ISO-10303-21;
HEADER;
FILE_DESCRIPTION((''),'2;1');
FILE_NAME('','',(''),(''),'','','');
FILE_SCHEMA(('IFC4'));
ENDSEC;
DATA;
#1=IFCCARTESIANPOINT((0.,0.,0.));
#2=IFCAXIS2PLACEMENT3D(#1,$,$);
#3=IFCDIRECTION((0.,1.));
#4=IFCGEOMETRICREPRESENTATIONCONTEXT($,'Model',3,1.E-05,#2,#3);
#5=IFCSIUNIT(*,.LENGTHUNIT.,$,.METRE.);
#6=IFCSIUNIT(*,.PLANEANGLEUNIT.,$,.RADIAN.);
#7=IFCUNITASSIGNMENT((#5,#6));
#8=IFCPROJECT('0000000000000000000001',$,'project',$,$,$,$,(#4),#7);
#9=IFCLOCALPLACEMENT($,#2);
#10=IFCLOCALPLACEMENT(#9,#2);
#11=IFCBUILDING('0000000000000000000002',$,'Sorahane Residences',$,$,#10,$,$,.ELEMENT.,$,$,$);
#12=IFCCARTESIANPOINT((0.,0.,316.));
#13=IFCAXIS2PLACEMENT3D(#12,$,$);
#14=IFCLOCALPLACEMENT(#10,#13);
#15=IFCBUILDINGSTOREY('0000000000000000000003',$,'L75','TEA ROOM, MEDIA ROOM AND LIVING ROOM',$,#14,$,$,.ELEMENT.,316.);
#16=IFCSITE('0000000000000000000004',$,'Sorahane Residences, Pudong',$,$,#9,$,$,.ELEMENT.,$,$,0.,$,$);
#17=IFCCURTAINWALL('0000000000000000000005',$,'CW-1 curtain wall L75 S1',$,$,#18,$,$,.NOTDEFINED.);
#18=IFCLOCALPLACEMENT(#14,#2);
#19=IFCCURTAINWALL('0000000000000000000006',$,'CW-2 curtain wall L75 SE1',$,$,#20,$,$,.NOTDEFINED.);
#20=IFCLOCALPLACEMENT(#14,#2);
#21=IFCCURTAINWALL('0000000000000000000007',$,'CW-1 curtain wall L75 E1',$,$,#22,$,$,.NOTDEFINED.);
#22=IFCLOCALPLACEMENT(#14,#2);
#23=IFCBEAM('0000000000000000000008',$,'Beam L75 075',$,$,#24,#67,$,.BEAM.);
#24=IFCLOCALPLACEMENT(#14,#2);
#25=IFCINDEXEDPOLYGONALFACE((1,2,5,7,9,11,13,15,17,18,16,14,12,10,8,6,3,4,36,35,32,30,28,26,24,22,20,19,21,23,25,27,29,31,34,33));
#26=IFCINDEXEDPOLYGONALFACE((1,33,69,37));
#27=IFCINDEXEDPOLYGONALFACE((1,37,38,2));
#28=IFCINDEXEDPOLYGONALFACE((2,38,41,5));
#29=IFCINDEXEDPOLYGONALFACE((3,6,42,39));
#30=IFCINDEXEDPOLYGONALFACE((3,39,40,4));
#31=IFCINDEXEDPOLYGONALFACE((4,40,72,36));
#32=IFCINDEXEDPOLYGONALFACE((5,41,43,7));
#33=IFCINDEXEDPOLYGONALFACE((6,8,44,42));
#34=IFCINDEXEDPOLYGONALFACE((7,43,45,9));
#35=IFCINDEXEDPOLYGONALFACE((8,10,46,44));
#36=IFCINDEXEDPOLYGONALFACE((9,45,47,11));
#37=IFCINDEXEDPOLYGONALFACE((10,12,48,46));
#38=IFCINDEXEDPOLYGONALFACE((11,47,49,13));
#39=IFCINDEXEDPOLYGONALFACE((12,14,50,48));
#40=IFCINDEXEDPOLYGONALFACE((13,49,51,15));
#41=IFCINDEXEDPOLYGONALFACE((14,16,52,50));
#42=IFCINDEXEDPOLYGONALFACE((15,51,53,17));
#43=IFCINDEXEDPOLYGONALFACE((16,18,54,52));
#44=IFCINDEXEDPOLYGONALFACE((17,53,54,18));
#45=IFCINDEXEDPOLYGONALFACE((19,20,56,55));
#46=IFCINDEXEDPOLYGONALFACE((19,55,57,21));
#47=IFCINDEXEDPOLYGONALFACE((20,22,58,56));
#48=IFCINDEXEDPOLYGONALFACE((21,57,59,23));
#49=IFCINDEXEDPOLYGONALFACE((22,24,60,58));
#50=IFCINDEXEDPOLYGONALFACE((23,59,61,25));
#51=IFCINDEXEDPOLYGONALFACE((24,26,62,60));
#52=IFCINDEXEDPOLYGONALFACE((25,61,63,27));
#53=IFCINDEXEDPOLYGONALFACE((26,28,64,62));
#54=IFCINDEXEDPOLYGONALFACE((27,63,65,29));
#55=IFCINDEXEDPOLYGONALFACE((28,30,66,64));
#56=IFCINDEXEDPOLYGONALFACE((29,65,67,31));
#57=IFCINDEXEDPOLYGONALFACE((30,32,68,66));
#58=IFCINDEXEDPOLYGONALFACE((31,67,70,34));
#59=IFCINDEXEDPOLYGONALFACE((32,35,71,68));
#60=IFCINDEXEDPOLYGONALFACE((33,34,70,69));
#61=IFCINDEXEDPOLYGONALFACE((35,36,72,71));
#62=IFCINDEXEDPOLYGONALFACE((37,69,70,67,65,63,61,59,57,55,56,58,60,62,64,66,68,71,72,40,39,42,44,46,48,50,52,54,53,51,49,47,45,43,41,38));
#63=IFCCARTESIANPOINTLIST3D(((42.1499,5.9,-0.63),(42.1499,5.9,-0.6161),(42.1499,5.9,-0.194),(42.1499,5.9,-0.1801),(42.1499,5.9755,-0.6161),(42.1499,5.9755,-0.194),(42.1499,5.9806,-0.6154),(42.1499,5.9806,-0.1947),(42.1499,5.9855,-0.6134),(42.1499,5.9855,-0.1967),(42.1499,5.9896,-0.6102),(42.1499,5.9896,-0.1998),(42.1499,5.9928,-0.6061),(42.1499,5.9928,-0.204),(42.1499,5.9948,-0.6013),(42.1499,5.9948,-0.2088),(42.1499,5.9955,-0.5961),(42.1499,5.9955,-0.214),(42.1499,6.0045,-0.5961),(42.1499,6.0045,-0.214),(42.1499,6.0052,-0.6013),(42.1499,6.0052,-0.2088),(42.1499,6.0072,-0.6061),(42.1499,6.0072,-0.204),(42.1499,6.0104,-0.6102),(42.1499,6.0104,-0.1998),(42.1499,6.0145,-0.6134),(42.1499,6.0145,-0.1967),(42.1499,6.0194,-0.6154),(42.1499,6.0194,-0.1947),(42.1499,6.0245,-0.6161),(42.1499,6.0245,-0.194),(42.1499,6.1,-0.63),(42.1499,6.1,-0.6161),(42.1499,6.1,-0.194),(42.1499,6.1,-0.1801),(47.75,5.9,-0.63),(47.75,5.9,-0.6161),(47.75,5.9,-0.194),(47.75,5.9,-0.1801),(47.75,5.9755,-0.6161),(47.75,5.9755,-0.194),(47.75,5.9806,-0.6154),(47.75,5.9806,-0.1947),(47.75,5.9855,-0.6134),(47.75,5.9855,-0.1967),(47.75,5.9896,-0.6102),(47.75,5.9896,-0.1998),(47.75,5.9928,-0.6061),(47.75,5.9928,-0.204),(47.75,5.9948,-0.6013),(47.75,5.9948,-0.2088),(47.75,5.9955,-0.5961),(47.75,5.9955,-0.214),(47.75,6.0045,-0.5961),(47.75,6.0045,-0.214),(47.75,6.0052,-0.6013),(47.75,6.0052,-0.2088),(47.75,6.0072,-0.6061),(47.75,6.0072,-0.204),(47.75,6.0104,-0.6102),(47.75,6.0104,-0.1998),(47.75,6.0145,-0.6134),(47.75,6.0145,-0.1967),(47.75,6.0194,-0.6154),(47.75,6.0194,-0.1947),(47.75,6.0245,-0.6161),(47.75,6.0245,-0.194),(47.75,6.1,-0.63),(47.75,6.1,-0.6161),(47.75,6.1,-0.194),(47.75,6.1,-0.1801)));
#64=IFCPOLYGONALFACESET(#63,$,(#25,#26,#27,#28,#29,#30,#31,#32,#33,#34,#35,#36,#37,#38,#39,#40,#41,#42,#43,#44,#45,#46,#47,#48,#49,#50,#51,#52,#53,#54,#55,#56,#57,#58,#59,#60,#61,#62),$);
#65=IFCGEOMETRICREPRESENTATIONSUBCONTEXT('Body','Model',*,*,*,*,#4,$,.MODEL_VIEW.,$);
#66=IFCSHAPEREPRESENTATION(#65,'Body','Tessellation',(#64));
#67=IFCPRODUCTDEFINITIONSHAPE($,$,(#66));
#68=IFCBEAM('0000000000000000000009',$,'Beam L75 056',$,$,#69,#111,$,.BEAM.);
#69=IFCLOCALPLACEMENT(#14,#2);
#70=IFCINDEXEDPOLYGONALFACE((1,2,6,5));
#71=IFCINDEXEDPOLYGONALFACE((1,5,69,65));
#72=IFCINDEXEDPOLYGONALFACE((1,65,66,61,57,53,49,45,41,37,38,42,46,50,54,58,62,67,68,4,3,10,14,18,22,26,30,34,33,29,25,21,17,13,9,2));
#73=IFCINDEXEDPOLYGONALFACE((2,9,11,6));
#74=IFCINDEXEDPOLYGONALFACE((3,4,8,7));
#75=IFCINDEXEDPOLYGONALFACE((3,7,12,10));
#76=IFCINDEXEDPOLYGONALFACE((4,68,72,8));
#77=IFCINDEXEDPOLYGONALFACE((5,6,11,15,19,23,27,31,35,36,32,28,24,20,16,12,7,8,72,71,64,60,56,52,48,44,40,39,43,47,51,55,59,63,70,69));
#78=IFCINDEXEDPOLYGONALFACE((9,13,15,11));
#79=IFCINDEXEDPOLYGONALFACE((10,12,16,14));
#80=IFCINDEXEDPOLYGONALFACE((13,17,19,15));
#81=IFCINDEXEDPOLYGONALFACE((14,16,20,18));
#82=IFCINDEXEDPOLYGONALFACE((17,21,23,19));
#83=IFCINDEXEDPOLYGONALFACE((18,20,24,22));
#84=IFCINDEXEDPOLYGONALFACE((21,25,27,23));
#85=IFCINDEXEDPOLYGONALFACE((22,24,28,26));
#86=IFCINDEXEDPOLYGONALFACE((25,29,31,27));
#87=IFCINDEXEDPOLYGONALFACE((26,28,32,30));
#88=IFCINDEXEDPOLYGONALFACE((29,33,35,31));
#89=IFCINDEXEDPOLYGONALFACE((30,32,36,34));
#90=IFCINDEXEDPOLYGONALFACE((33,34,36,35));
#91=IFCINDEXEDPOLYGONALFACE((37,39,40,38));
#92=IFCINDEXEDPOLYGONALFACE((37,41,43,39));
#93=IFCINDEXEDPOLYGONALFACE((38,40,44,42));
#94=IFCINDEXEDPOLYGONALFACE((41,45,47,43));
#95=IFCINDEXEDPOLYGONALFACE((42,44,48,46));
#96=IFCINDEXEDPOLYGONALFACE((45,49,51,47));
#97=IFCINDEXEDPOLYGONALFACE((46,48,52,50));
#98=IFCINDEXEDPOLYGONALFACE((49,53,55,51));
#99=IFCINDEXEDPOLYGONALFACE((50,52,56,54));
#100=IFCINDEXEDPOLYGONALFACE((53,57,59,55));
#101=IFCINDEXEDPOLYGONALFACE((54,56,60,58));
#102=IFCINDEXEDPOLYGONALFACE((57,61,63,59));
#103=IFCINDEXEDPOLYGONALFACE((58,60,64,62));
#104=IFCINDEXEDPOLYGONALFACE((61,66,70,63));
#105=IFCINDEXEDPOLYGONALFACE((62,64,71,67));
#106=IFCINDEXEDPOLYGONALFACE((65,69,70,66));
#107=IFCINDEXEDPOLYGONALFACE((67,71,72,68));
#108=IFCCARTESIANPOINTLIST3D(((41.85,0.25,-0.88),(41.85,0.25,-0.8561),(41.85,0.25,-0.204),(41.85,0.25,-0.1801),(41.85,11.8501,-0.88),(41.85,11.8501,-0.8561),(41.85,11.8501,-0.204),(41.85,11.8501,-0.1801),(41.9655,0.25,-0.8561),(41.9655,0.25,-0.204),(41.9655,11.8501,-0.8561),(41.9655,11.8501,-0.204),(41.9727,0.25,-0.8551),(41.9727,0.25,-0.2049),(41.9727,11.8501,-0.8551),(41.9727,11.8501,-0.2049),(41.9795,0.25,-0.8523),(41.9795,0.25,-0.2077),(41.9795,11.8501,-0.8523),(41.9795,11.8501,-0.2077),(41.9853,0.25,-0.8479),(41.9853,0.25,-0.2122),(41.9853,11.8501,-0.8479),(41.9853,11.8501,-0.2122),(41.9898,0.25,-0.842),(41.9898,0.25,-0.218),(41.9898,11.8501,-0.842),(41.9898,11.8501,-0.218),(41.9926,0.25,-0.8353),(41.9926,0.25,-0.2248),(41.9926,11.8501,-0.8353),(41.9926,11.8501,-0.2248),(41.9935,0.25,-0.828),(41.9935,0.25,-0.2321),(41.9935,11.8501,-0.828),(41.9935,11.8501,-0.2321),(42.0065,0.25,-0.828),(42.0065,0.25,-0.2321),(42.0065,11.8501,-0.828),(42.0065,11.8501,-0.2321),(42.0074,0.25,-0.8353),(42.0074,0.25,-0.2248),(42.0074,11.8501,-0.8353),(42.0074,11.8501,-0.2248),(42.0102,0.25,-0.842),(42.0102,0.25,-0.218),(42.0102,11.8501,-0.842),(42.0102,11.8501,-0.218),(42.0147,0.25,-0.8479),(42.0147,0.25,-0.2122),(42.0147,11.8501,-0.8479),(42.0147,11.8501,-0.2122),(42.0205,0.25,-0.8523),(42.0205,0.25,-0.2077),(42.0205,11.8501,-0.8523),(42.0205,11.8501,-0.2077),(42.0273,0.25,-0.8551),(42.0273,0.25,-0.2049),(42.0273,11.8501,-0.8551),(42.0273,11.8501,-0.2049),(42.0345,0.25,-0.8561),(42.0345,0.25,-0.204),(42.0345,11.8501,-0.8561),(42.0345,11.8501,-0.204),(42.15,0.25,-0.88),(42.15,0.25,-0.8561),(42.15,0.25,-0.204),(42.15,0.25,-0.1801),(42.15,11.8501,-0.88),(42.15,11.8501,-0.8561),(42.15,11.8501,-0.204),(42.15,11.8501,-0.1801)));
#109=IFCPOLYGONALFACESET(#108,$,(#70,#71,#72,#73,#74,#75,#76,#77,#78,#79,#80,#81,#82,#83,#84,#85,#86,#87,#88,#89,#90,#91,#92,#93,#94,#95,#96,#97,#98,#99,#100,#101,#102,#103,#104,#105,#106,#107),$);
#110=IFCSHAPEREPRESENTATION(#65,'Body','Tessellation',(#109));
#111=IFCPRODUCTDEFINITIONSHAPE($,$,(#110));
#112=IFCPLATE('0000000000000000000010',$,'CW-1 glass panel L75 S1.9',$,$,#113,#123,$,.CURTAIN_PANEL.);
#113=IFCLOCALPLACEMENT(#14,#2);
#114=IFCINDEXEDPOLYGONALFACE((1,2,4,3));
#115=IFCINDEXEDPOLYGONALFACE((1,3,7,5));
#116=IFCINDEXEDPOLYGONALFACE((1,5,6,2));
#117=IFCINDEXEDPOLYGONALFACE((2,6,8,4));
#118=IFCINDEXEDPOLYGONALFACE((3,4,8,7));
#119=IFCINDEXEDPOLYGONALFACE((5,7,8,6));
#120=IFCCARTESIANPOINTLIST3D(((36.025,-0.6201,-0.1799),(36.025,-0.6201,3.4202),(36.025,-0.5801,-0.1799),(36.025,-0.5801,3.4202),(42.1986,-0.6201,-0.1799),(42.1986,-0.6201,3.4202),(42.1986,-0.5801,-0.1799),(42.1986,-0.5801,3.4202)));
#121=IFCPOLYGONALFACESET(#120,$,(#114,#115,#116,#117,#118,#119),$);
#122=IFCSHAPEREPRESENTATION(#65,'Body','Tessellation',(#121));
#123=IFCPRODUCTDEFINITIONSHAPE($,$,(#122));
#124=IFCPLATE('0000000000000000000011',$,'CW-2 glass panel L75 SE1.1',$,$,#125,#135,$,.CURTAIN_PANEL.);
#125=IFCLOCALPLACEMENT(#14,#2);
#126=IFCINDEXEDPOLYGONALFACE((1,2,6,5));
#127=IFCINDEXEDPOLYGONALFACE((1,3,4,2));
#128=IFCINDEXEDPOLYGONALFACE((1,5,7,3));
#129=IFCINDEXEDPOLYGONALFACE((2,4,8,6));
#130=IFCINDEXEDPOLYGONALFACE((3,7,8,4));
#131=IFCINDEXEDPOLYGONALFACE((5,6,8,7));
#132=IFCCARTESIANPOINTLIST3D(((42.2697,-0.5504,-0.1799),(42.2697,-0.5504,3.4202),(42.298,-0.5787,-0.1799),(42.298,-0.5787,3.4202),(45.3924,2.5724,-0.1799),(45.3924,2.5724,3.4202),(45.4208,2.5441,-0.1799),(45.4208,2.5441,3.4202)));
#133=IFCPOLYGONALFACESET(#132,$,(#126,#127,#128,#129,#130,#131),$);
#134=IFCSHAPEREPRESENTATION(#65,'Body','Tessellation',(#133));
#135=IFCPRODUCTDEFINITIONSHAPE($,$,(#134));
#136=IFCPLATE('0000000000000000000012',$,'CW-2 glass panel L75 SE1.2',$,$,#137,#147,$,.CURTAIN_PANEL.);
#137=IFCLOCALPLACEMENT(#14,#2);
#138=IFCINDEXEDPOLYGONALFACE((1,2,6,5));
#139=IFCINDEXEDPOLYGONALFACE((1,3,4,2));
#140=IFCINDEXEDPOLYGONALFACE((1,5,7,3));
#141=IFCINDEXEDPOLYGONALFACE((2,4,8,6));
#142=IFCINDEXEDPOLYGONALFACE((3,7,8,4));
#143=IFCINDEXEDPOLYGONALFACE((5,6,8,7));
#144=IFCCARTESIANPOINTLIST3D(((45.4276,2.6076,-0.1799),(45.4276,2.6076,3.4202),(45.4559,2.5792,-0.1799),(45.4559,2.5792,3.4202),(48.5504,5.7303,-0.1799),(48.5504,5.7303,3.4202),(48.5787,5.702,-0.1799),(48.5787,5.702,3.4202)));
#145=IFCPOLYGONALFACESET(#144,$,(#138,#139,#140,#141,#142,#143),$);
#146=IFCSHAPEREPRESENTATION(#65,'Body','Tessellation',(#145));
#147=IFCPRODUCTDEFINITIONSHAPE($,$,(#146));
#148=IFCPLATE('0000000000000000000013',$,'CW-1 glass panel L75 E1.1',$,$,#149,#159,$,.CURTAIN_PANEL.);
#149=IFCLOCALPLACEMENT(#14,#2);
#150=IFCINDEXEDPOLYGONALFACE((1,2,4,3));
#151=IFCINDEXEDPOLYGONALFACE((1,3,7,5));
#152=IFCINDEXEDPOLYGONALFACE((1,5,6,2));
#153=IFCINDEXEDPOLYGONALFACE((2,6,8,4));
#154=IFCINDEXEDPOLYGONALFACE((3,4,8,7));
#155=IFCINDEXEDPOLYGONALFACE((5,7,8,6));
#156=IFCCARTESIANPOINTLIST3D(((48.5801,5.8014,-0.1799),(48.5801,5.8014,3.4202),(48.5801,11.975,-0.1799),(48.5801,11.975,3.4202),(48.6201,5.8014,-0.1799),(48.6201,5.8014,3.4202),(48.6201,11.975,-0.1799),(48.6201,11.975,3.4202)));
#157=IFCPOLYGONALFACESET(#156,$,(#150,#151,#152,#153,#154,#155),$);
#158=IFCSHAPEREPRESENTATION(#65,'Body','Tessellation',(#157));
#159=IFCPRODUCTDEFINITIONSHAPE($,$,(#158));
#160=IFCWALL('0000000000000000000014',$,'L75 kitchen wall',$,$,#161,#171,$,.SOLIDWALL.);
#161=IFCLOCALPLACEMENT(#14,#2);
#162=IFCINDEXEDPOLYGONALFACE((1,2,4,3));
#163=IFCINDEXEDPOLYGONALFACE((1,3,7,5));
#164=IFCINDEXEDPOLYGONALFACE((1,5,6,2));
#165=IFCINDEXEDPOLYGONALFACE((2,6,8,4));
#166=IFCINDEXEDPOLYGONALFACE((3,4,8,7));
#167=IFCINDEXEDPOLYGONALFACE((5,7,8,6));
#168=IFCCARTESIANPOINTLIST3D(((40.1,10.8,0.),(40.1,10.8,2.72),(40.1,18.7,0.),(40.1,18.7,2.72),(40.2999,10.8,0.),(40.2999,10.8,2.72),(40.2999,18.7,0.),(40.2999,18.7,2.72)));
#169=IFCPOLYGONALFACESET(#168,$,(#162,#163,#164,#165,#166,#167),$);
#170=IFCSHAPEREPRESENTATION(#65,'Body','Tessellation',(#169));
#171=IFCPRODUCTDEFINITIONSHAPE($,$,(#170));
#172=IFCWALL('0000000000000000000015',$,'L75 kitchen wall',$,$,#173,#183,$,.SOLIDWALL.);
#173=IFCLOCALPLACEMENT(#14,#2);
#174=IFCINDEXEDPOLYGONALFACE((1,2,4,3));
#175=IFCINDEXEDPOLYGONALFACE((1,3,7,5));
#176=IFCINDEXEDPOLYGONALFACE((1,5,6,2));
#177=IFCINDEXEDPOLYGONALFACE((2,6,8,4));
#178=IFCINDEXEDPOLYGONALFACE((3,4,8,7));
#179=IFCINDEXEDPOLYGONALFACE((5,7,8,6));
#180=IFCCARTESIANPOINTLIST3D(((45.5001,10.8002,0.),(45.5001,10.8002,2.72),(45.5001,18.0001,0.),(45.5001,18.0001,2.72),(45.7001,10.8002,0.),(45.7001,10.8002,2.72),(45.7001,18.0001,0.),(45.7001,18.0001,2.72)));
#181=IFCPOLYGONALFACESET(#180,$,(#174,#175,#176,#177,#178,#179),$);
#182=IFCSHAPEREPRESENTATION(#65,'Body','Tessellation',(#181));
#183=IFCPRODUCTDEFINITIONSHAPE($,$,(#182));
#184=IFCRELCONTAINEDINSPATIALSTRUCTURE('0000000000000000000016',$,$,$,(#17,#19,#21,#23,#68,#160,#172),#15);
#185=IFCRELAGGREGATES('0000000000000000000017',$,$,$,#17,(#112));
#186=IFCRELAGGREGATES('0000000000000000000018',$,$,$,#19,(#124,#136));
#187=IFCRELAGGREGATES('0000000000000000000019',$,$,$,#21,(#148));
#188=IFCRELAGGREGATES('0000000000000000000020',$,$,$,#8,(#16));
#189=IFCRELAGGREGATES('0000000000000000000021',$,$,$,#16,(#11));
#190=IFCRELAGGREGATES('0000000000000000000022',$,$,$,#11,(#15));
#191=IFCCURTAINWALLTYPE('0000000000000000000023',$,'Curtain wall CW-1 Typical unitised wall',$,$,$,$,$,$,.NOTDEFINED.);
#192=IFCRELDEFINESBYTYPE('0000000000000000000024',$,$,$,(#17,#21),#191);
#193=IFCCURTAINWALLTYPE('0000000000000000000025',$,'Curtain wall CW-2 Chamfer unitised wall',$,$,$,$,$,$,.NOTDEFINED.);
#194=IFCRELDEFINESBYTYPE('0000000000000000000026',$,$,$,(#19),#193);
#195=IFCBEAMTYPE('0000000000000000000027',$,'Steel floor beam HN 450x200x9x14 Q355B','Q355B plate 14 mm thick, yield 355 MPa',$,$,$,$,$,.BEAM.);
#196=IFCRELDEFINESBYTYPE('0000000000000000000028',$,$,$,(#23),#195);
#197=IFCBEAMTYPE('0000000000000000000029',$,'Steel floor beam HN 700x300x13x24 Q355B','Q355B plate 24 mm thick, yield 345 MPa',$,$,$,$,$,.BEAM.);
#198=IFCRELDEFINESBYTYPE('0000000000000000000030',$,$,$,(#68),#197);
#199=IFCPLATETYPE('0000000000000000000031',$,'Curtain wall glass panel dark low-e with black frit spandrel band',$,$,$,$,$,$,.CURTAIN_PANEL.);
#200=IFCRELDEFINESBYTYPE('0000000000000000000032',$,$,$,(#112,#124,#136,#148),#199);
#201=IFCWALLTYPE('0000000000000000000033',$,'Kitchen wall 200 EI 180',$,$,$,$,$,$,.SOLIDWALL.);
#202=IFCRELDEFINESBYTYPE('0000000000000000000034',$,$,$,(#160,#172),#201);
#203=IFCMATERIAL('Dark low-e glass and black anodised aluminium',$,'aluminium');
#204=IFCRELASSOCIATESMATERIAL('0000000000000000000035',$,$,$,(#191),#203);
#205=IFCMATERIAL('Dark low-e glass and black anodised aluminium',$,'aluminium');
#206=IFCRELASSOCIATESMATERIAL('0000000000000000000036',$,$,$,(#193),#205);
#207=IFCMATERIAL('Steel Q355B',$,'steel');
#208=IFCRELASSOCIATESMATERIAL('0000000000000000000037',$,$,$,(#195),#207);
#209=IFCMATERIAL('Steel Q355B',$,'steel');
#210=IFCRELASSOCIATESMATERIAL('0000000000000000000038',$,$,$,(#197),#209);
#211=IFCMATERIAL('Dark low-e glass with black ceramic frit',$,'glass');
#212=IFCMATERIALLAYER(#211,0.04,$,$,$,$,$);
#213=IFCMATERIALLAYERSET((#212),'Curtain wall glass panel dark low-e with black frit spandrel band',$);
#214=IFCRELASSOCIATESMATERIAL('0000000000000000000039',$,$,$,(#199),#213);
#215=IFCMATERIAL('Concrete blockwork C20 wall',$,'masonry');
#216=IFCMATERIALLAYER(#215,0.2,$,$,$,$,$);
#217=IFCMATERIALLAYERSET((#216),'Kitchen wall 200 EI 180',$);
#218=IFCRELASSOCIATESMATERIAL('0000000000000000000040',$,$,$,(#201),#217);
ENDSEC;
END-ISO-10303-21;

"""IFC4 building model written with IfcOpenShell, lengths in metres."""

from ifc_helpers import new_model, si_unit, direction, frame, frame_2d, origin, origin_2d, place, context, subcontext, project, spatial, rectangle, i_section, extrude, material, layer, layer_set, material_profile, profile_set, type_object, element, aggregate, save


model = new_model("IFC4")

# Units and contexts
model_context = context("Model", 3, precision=1e-05, world=origin(), true_north=direction((0.0, 1.0)))
body_context = subcontext(model_context, "Body", "Model", "MODEL_VIEW")
ifc_project = project(units=[si_unit("LENGTHUNIT", "METRE"), si_unit("PLANEANGLEUNIT", "RADIAN")], contexts=[model_context])

# Site, building, storey
site_placement = place(None, origin())
site = spatial("IfcSite", under=ifc_project, at=site_placement, Name="Sorahane Residences, Pudong", CompositionType="ELEMENT", RefElevation=0.0)
building_placement = place(site_placement, origin())
building = spatial("IfcBuilding", under=site, at=building_placement, Name="Sorahane Residences", CompositionType="ELEMENT")
storey_placement = place(building_placement, frame((0.0, 0.0, 316.0)))
storey = spatial("IfcBuildingStorey", under=building, at=storey_placement, Name="L75", Description="TEA ROOM, MEDIA ROOM AND LIVING ROOM", CompositionType="ELEMENT", Elevation=316.0)

# Curtain wall
ifc_material_1 = material(Name="Dark low-e glass and black anodised aluminium", Category="aluminium")
curtain_wall_type_1 = type_object("IfcCurtainWallType", Name="Curtain wall CW-1 Typical unitised wall", PredefinedType="NOTDEFINED", material=ifc_material_1)
curtain_wall_1_placement = place(storey_placement, origin())
curtain_wall_1 = element("IfcCurtainWall", 1, at=curtain_wall_1_placement, inside=storey, type_object=curtain_wall_type_1, Name="CW-1 curtain wall L75 S1", PredefinedType="NOTDEFINED")

# Curtain wall
ifc_material_2 = material(Name="Dark low-e glass and black anodised aluminium", Category="aluminium")
curtain_wall_type_2 = type_object("IfcCurtainWallType", Name="Curtain wall CW-2 Chamfer unitised wall", PredefinedType="NOTDEFINED", material=ifc_material_2)
curtain_wall_2_placement = place(storey_placement, origin())
curtain_wall_2 = element("IfcCurtainWall", 2, at=curtain_wall_2_placement, inside=storey, type_object=curtain_wall_type_2, Name="CW-2 curtain wall L75 SE1", PredefinedType="NOTDEFINED")

# Curtain wall
curtain_wall_3_placement = place(storey_placement, origin())
curtain_wall_3 = element("IfcCurtainWall", 3, at=curtain_wall_3_placement, inside=storey, type_object=curtain_wall_type_1, Name="CW-1 curtain wall L75 E1", PredefinedType="NOTDEFINED")

# Beams
ifc_material_3 = material(Name="Steel Q355B", Category="steel")
ifc_material_profile_1 = material_profile(ifc_material_3, i_section(OverallWidth=0.2, OverallDepth=0.45, WebThickness=0.009, FlangeThickness=0.0139, FilletRadius=0.02, at=origin_2d()), Name="HN 450x200x9x14")
ifc_profile_set_1 = profile_set([ifc_material_profile_1], Name="Steel Q355B")
beam_type_1 = type_object("IfcBeamType", Name="Steel floor beam HN 450x200x9x14 Q355B", Description="Q355B plate 14 mm thick, yield 355 MPa", PredefinedType="BEAM", material=ifc_profile_set_1)
beam_1_placement = place(storey_placement, frame((42.1499, 6.0, -0.405), z_axis=(1.0, 0.0, 0.0), x_axis=(0.0, 1.0, 0.0)))
element("IfcBeam", 4, at=beam_1_placement, inside=storey, type_object=beam_type_1, Name="Beam L75 075", PredefinedType="BEAM", context=body_context, shape_type="SweptSolid", body=[
    extrude(i_section(OverallWidth=0.2, OverallDepth=0.45, WebThickness=0.009, FlangeThickness=0.0139, FilletRadius=0.02, at=origin_2d()), origin(), (0.0, 0.0, 1.0), 5.6001),
])
ifc_material_4 = material(Name="Steel Q355B", Category="steel")
ifc_material_profile_2 = material_profile(ifc_material_4, i_section(OverallWidth=0.3, OverallDepth=0.7, WebThickness=0.0129, FlangeThickness=0.0239, FilletRadius=0.0281, at=origin_2d()), Name="HN 700x300x13x24")
ifc_profile_set_2 = profile_set([ifc_material_profile_2], Name="Steel Q355B")
beam_type_2 = type_object("IfcBeamType", Name="Steel floor beam HN 700x300x13x24 Q355B", Description="Q355B plate 24 mm thick, yield 345 MPa", PredefinedType="BEAM", material=ifc_profile_set_2)
beam_2_placement = place(storey_placement, frame((42.0, 0.25, -0.53), z_axis=(0.0, 1.0, 0.0), x_axis=(-1.0, 0.0, 0.0)))
element("IfcBeam", 5, at=beam_2_placement, inside=storey, type_object=beam_type_2, Name="Beam L75 056", PredefinedType="BEAM", context=body_context, shape_type="SweptSolid", body=[
    extrude(i_section(OverallWidth=0.3, OverallDepth=0.7, WebThickness=0.0129, FlangeThickness=0.0239, FilletRadius=0.0281, at=origin_2d()), origin(), (0.0, 0.0, 1.0), 11.6001),
])

# Plates
ifc_material_5 = material(Name="Dark low-e glass with black ceramic frit", Category="glass")
ifc_layer_1 = layer(ifc_material_5, 0.04)
ifc_layer_set_1 = layer_set([ifc_layer_1], Name="Curtain wall glass panel dark low-e with black frit spandrel band")
plate_type = type_object("IfcPlateType", Name="Curtain wall glass panel dark low-e with black frit spandrel band", PredefinedType="CURTAIN_PANEL", material=ifc_layer_set_1)
plate_1_placement = place(storey_placement, frame((39.1118, -0.6001, -0.1799), z_axis=(0.0, 0.0, 1.0), x_axis=(1.0, 0.0, 0.0)))
plate_1 = element("IfcPlate", 6, at=plate_1_placement, type_object=plate_type, Name="CW-1 glass panel L75 S1.9", PredefinedType="CURTAIN_PANEL", context=body_context, shape_type="SweptSolid", body=[
    extrude(rectangle(XDim=6.1736, YDim=0.04, at=origin_2d()), origin(), (0.0, 0.0, 1.0), 3.6001),
])
aggregate(curtain_wall_1, [plate_1])
plate_2_placement = place(storey_placement, frame((43.8452, 0.9968, -0.1799), z_axis=(0.0, 0.0, 1.0), x_axis=(0.707107, 0.707107, 0.0)))
plate_2 = element("IfcPlate", 7, at=plate_2_placement, type_object=plate_type, Name="CW-2 glass panel L75 SE1.1", PredefinedType="CURTAIN_PANEL", context=body_context, shape_type="SweptSolid", body=[
    extrude(rectangle(XDim=4.4163, YDim=0.04, at=origin_2d()), origin(), (0.0, 0.0, 1.0), 3.6001),
])
plate_3_placement = place(storey_placement, frame((47.0032, 4.1548, -0.1799), z_axis=(0.0, 0.0, 1.0), x_axis=(0.707107, 0.707107, 0.0)))
plate_3 = element("IfcPlate", 8, at=plate_3_placement, type_object=plate_type, Name="CW-2 glass panel L75 SE1.2", PredefinedType="CURTAIN_PANEL", context=body_context, shape_type="SweptSolid", body=[
    extrude(rectangle(XDim=4.4163, YDim=0.04, at=origin_2d()), origin(), (0.0, 0.0, 1.0), 3.6001),
])
aggregate(curtain_wall_2, [plate_2, plate_3])
plate_4_placement = place(storey_placement, frame((48.6001, 8.8882, -0.1799), z_axis=(0.0, 0.0, 1.0), x_axis=(0.0, 1.0, 0.0)))
plate_4 = element("IfcPlate", 9, at=plate_4_placement, type_object=plate_type, Name="CW-1 glass panel L75 E1.1", PredefinedType="CURTAIN_PANEL", context=body_context, shape_type="SweptSolid", body=[
    extrude(rectangle(XDim=6.1736, YDim=0.04, at=origin_2d()), origin(), (0.0, 0.0, 1.0), 3.6001),
])
aggregate(curtain_wall_3, [plate_4])

# Walls
ifc_material_6 = material(Name="Concrete blockwork C20 wall", Category="masonry")
ifc_layer_2 = layer(ifc_material_6, 0.2)
ifc_layer_set_2 = layer_set([ifc_layer_2], Name="Kitchen wall 200 EI 180")
wall_type_1 = type_object("IfcWallType", Name="Kitchen wall 200 EI 180", PredefinedType="SOLIDWALL", material=ifc_layer_set_2)
wall_1_placement = place(storey_placement, frame((40.2, 10.8, 0.0), z_axis=(0.0, 0.0, 1.0), x_axis=(0.0, 1.0, 0.0)))
element("IfcWall", 10, at=wall_1_placement, inside=storey, type_object=wall_type_1, Name="L75 kitchen wall", PredefinedType="SOLIDWALL", context=body_context, shape_type="SweptSolid", body=[
    extrude(rectangle(XDim=7.8999, YDim=0.2, at=frame_2d((3.95, 0.0))), origin(), (0.0, 0.0, 1.0), 2.72),
])
wall_2_placement = place(storey_placement, frame((45.6001, 10.8, 0.0), z_axis=(0.0, 0.0, 1.0), x_axis=(0.0, 1.0, 0.0)))
element("IfcWall", 11, at=wall_2_placement, inside=storey, type_object=wall_type_1, Name="L75 kitchen wall", PredefinedType="SOLIDWALL", context=body_context, shape_type="SweptSolid", body=[
    extrude(rectangle(XDim=7.2, YDim=0.2, at=frame_2d((3.6001, 0.0))), origin(), (0.0, 0.0, 1.0), 2.72),
])

save(model, "model.ifc")
